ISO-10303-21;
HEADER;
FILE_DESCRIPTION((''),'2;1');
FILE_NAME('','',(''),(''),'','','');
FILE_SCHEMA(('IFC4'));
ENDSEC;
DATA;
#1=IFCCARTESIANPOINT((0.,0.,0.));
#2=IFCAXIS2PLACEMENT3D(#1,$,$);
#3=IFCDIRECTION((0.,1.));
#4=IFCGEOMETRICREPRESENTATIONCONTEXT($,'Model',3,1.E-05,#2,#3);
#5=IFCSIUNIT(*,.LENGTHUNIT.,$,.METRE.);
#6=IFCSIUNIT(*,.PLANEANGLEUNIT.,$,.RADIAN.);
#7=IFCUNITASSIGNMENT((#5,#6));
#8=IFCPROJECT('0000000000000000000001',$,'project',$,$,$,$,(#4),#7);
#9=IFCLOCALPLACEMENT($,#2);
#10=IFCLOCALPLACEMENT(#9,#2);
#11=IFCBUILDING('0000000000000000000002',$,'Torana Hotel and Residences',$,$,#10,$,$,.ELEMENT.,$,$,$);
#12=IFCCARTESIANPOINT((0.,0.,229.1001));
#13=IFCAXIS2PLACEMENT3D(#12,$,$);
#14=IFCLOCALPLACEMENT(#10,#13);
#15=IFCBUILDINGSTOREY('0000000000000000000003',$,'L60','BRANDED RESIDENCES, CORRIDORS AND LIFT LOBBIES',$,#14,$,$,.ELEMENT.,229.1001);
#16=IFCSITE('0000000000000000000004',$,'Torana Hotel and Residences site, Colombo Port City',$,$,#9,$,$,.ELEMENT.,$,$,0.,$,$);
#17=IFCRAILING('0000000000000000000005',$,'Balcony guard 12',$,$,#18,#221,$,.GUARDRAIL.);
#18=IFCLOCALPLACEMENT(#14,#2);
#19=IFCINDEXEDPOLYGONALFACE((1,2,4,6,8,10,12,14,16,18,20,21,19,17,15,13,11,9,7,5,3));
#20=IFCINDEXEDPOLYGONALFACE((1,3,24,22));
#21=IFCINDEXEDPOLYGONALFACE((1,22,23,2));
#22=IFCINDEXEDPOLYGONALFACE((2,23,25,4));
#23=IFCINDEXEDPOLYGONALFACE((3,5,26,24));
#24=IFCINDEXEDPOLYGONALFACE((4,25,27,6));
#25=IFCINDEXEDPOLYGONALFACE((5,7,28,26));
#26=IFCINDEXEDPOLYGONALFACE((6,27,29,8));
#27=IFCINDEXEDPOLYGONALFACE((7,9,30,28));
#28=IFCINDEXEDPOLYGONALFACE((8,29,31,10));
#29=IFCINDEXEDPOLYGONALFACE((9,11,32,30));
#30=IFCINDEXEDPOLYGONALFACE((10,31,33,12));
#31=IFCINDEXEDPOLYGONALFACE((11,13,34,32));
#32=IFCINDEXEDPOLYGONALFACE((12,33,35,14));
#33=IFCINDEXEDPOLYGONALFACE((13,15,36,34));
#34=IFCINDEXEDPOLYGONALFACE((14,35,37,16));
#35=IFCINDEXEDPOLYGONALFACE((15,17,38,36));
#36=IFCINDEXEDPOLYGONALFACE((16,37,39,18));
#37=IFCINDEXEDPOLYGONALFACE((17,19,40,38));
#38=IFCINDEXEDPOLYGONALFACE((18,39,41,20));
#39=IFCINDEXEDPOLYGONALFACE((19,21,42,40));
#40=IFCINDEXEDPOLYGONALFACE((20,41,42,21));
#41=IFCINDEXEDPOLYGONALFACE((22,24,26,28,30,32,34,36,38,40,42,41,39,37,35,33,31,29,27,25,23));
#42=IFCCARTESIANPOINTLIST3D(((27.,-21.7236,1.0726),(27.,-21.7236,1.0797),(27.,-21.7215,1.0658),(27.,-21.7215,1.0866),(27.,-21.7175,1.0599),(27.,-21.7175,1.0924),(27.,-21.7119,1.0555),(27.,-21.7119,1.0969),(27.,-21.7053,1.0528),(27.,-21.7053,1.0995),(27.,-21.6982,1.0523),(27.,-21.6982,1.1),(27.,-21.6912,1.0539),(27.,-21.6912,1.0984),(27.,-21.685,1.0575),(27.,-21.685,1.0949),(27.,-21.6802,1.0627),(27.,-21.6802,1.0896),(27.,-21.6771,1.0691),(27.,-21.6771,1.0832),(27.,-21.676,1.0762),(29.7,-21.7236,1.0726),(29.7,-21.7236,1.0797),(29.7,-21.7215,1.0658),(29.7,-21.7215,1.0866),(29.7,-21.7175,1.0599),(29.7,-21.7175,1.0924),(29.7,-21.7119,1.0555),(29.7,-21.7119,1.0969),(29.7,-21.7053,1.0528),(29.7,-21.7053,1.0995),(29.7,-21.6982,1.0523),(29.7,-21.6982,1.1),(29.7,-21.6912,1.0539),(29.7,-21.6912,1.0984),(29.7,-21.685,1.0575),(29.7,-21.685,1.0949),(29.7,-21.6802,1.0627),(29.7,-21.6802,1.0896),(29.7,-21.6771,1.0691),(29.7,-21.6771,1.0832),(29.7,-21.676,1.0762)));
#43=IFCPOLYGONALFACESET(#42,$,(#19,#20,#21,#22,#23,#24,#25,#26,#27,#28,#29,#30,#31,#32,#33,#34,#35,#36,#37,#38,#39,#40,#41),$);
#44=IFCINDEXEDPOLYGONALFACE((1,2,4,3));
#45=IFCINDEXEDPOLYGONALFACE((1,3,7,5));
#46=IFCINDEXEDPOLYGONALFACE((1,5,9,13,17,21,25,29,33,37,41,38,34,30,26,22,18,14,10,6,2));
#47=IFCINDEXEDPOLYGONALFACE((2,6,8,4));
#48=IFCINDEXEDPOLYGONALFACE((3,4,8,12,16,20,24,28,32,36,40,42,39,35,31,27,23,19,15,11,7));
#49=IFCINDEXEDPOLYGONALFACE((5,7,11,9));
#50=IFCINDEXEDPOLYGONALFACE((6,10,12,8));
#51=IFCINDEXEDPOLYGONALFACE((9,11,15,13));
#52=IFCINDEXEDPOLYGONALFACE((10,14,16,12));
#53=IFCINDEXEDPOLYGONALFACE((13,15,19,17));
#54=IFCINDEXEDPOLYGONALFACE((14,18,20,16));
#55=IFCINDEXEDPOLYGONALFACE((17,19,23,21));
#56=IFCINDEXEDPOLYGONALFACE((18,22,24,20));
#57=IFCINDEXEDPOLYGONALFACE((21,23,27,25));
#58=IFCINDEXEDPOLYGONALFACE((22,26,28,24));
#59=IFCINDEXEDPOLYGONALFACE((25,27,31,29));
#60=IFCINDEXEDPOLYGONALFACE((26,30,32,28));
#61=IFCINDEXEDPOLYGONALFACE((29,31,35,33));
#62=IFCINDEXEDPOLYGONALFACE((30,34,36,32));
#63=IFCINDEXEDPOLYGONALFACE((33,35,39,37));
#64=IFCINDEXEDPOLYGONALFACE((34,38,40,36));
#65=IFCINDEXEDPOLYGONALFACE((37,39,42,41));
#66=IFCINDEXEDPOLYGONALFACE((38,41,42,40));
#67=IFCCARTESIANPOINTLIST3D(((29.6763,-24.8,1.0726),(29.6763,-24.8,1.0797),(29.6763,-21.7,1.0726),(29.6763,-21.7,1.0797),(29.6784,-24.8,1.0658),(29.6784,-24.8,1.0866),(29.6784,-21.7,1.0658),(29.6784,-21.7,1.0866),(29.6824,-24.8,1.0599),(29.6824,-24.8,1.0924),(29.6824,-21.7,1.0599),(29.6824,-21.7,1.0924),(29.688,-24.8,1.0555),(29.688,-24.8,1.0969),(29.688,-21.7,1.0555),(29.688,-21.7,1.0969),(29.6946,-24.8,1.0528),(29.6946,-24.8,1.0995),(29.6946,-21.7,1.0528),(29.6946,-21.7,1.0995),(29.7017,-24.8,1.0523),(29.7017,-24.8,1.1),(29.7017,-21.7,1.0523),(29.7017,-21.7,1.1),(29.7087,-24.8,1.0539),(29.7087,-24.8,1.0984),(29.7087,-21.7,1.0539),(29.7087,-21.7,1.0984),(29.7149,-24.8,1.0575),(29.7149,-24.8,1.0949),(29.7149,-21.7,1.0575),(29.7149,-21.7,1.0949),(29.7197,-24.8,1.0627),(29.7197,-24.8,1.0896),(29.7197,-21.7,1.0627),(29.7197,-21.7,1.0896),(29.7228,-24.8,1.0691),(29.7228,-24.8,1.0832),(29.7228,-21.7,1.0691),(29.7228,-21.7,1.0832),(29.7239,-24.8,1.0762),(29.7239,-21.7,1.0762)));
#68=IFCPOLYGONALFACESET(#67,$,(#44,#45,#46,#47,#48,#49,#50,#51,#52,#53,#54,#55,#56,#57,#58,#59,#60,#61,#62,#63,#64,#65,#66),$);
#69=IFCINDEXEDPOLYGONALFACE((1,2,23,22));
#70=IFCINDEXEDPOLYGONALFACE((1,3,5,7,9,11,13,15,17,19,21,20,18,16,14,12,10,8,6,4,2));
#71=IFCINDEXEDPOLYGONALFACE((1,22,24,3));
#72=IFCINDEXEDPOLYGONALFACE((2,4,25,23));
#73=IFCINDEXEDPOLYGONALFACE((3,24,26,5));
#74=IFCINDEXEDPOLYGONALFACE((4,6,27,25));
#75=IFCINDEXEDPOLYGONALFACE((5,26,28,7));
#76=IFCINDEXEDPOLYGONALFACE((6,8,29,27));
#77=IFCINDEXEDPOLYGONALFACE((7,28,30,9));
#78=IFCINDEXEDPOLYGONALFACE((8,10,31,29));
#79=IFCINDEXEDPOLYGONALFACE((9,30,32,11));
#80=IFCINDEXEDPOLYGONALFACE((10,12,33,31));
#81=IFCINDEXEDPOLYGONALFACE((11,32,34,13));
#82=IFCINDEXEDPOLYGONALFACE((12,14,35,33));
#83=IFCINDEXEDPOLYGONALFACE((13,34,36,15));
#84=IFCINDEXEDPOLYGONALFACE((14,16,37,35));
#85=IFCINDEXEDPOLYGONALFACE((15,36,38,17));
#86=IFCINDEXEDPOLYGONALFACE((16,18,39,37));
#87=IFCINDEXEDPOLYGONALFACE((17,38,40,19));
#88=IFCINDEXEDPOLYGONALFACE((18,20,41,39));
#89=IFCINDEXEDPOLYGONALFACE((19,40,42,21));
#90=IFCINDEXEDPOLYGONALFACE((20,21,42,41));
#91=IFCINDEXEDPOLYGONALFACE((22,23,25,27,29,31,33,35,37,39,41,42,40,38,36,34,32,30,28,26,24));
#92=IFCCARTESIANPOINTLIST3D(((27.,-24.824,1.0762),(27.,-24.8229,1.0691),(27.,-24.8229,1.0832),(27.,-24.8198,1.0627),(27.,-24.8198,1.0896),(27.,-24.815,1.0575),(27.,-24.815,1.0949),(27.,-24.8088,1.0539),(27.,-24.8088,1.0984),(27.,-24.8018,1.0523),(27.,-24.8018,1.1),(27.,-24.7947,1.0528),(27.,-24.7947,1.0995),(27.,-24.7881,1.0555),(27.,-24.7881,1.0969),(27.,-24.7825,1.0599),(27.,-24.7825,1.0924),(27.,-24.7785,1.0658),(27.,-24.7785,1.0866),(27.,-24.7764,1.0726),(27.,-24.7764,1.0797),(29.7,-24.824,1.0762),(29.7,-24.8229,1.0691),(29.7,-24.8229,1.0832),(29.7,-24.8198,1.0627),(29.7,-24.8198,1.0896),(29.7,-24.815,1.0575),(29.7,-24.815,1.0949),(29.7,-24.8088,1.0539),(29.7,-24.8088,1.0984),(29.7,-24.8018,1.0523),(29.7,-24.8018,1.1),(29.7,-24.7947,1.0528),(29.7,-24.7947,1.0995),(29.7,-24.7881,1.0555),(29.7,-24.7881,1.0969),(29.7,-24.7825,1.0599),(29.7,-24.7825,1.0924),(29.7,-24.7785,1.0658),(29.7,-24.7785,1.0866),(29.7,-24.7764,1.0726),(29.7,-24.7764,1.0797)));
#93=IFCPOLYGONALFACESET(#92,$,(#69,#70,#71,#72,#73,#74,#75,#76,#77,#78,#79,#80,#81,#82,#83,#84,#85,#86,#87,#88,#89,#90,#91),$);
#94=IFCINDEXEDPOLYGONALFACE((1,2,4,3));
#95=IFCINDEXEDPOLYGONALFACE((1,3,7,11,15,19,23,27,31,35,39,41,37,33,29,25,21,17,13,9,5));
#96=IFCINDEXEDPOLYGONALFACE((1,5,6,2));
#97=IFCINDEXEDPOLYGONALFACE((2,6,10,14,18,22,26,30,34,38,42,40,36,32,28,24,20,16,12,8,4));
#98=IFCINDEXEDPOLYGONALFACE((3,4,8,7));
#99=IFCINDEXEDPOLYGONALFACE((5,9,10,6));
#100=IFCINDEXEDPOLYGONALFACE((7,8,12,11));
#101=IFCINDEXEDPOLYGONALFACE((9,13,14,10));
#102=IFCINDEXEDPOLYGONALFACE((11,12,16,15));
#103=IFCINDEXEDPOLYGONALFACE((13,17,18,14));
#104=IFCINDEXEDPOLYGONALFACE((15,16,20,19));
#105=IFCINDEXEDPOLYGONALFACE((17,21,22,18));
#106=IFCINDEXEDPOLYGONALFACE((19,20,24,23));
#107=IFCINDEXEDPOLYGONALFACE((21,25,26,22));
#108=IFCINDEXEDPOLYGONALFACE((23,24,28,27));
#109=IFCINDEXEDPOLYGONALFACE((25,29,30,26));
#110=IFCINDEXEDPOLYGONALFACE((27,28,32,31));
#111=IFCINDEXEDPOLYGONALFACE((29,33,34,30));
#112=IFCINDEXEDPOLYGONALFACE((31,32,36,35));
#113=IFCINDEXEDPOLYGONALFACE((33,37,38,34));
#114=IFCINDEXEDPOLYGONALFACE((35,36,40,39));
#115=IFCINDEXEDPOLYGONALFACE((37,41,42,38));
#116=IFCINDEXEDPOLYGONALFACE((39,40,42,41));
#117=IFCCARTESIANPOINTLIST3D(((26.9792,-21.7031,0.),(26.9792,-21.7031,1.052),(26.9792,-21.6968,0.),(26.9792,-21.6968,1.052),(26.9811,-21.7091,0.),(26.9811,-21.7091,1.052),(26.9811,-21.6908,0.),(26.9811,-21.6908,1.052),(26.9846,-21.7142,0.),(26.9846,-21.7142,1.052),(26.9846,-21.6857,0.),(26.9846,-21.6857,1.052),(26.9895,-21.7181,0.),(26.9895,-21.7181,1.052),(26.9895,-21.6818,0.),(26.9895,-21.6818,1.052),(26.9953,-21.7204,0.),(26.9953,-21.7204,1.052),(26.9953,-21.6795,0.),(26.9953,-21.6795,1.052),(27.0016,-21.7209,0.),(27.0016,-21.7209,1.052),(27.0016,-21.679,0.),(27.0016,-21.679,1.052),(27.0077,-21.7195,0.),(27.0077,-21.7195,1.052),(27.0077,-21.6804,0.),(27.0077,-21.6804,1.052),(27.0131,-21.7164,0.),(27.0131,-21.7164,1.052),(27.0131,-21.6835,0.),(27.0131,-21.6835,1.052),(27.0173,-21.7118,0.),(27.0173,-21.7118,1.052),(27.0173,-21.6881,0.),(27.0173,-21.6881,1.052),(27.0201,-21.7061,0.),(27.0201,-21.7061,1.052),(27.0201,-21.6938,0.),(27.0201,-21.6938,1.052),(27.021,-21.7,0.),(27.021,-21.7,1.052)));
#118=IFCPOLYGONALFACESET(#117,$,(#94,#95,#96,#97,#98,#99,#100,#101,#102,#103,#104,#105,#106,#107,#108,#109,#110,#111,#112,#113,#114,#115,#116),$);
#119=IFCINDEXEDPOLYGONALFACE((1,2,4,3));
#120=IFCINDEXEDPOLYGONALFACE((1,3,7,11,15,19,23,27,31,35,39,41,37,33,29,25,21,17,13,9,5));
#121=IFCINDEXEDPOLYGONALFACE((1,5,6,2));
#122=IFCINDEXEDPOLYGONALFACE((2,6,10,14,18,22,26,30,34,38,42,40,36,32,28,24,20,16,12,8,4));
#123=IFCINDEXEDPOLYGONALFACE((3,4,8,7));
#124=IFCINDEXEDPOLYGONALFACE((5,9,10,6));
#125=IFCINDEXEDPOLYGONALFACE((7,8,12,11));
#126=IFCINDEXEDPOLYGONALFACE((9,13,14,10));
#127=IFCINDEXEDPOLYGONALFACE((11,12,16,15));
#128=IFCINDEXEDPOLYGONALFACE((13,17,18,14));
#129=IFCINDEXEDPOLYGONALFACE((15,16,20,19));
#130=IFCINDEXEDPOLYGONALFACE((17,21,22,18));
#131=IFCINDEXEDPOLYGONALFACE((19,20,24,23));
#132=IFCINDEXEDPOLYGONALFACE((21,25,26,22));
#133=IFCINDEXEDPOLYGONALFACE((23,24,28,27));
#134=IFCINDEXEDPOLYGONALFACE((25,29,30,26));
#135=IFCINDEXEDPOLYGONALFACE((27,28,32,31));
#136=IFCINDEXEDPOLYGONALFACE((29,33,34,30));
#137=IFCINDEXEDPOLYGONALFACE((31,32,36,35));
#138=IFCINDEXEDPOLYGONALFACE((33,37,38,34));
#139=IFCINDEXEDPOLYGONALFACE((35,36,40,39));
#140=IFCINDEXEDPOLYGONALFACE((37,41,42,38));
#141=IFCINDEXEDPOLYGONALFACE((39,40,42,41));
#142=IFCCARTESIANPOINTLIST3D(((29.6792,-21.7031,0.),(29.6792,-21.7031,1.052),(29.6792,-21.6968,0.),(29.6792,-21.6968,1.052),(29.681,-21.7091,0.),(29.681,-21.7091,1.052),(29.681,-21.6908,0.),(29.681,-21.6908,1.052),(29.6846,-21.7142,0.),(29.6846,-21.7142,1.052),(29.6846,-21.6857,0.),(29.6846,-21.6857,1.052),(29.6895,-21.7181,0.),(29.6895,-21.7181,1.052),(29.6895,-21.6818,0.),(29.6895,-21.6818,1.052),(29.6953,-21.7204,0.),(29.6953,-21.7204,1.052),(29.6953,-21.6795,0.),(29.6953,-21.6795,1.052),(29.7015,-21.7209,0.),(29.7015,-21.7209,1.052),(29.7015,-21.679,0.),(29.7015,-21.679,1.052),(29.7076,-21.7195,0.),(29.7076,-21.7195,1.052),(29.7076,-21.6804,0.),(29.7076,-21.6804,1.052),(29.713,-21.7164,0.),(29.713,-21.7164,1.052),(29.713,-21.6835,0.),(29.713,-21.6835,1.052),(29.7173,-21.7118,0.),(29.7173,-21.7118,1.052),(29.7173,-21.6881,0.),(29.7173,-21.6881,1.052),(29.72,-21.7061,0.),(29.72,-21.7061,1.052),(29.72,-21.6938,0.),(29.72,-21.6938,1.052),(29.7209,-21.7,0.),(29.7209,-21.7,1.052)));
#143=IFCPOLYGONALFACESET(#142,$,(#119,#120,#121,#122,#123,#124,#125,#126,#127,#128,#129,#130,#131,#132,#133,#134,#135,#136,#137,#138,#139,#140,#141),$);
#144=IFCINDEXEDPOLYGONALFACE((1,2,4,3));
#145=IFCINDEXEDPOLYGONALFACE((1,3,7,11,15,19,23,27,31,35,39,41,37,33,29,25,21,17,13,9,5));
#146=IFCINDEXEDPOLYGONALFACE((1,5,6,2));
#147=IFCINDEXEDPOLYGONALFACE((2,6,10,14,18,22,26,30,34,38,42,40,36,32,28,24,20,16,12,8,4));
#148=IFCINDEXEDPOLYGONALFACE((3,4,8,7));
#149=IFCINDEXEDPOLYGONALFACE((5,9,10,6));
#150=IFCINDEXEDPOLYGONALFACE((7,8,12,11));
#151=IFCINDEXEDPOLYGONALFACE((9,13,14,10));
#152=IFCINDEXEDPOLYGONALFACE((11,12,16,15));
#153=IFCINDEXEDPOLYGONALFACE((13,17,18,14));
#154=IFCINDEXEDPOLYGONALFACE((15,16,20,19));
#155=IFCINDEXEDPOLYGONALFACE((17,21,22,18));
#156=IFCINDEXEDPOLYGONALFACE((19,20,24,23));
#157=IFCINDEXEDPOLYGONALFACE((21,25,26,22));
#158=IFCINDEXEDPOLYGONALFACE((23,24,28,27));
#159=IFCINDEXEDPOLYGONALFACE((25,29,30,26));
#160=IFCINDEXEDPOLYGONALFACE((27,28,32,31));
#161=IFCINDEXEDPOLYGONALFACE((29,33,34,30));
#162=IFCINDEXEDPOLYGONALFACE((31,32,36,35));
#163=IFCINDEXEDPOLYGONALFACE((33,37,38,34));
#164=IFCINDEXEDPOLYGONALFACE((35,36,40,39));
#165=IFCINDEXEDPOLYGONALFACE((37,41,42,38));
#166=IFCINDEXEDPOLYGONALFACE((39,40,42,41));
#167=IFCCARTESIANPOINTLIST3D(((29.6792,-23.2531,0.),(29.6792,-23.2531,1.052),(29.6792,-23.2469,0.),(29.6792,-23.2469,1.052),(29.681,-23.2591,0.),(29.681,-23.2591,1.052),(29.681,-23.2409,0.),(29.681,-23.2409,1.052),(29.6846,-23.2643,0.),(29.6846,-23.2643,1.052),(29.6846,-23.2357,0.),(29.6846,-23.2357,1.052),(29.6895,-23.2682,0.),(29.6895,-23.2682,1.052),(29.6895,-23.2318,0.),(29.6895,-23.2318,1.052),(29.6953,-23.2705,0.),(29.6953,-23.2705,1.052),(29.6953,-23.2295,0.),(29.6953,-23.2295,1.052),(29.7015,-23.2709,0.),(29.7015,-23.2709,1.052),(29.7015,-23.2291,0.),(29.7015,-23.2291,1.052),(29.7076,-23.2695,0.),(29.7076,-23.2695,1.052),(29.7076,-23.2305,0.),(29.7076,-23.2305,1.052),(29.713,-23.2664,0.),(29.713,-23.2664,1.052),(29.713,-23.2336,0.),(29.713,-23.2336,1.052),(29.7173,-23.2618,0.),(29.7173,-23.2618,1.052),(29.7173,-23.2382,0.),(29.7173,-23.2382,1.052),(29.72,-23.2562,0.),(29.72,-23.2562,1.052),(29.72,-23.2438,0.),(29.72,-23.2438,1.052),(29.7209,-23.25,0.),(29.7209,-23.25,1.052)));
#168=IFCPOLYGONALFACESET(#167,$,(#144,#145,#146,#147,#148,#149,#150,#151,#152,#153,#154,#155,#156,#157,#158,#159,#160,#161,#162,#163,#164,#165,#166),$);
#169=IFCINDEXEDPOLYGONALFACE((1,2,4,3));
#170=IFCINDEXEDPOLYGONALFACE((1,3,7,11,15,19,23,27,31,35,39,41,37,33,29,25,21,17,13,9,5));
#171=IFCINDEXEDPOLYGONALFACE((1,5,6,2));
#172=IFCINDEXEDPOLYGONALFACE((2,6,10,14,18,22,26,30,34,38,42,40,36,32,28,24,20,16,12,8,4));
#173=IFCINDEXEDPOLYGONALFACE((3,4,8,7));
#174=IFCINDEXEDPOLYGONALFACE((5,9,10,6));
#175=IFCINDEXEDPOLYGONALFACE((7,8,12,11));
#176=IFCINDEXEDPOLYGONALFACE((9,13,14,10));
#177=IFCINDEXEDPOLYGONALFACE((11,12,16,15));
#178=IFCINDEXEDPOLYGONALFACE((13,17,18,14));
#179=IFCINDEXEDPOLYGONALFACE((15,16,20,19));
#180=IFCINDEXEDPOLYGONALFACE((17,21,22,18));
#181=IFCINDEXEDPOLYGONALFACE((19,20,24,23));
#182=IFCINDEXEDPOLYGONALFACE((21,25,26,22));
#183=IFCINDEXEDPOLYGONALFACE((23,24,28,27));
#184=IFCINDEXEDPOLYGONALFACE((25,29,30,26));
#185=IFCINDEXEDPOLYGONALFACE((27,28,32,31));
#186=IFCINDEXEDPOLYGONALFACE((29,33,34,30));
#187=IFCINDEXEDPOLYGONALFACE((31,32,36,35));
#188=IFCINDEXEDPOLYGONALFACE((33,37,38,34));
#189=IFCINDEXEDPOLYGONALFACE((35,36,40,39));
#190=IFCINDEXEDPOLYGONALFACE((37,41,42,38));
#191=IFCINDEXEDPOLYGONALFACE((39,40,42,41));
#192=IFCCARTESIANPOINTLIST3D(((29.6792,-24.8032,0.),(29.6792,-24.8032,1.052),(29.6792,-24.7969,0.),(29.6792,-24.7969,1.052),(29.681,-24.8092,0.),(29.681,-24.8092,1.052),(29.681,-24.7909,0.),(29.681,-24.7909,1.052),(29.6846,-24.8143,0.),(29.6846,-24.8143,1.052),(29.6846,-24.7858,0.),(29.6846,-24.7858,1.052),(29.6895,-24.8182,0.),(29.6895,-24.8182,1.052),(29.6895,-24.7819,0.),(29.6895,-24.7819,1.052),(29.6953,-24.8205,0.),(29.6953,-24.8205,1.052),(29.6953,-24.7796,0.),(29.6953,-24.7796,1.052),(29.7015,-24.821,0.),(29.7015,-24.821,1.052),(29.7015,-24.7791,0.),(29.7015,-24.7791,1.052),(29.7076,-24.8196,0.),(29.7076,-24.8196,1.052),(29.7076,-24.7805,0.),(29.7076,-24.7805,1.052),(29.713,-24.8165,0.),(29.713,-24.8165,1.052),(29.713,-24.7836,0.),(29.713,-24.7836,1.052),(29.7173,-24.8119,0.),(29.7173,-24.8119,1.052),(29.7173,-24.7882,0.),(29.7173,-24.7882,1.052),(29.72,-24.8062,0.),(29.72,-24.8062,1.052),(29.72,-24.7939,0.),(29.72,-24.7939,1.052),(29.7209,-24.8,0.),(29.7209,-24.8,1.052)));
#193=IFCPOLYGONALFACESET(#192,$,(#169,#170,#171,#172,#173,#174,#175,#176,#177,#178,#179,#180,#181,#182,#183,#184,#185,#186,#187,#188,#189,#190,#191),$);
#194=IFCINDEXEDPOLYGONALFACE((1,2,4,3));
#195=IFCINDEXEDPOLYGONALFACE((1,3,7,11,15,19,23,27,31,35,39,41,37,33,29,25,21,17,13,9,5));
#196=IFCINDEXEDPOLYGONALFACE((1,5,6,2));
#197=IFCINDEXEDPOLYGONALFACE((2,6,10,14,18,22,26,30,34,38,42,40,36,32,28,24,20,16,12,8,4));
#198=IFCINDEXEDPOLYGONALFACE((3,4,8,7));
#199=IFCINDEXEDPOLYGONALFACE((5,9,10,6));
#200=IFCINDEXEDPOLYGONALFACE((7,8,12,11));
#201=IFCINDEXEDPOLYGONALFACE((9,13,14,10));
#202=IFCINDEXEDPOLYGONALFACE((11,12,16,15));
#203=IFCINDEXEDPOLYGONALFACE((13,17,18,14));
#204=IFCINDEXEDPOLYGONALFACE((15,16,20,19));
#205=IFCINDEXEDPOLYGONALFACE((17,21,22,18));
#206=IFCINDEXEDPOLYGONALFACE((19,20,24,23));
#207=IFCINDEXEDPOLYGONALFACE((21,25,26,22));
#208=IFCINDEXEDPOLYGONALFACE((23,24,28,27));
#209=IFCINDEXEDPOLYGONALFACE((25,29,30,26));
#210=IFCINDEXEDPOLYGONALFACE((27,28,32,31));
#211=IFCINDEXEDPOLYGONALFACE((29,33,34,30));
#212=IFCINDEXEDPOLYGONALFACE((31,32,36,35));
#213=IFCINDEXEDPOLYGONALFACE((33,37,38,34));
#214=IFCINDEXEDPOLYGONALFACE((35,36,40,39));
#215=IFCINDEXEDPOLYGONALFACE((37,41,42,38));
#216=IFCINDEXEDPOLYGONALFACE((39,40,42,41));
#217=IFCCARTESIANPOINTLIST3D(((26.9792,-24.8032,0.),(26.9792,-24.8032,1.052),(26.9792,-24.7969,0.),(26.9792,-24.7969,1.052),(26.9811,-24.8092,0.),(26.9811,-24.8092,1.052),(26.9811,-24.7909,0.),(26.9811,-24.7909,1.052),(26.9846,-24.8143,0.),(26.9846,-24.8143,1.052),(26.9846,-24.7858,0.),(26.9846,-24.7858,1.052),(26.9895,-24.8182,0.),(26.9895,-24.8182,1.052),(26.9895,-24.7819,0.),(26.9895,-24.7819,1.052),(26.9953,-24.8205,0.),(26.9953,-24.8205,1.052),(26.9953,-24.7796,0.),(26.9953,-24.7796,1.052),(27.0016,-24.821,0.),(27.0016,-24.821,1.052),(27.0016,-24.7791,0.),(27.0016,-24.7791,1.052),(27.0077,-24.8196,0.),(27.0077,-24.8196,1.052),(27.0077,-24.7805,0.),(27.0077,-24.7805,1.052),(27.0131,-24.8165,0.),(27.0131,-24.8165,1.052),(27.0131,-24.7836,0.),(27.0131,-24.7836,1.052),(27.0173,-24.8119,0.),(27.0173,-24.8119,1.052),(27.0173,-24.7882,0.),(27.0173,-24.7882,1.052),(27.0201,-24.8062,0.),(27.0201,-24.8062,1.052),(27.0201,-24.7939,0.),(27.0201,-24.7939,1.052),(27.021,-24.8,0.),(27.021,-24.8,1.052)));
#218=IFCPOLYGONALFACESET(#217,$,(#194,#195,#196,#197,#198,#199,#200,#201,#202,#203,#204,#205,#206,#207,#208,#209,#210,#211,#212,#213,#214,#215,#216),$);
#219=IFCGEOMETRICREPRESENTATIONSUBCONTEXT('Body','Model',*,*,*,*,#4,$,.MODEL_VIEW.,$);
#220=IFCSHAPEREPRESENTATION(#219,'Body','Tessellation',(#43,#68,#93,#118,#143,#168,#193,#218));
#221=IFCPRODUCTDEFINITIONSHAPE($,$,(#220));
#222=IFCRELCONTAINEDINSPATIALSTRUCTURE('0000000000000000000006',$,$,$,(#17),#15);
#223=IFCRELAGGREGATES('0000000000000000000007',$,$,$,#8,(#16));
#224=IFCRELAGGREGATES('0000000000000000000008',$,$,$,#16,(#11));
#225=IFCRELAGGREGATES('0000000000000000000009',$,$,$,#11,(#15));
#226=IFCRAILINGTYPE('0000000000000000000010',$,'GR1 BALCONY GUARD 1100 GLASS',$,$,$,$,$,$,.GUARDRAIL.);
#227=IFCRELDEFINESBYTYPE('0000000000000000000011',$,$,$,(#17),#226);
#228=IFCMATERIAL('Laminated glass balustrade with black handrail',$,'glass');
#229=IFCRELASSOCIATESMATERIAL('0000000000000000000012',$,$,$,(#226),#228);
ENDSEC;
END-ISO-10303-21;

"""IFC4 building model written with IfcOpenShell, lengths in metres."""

from ifc_helpers import new_model, si_unit, direction, frame, origin, origin_2d, place, context, subcontext, project, spatial, circle, extrude, material, type_object, element, save


model = new_model("IFC4")

# Units and contexts
model_context = context("Model", 3, precision=1e-05, world=origin(), true_north=direction((0.0, 1.0)))
body_context = subcontext(model_context, "Body", "Model", "MODEL_VIEW")
ifc_project = project(units=[si_unit("LENGTHUNIT", "METRE"), si_unit("PLANEANGLEUNIT", "RADIAN")], contexts=[model_context])

# Site, building, storey
site_placement = place(None, origin())
site = spatial("IfcSite", under=ifc_project, at=site_placement, Name="Torana Hotel and Residences site, Colombo Port City", CompositionType="ELEMENT", RefElevation=0.0)
building_placement = place(site_placement, origin())
building = spatial("IfcBuilding", under=site, at=building_placement, Name="Torana Hotel and Residences", CompositionType="ELEMENT")
storey_placement = place(building_placement, frame((0.0, 0.0, 229.1001)))
storey = spatial("IfcBuildingStorey", under=building, at=storey_placement, Name="L60", Description="BRANDED RESIDENCES, CORRIDORS AND LIFT LOBBIES", CompositionType="ELEMENT", Elevation=229.1001)

# Railing
ifc_material_1 = material(Name="Laminated glass balustrade with black handrail", Category="glass")
railing_type = type_object("IfcRailingType", Name="GR1 BALCONY GUARD 1100 GLASS", PredefinedType="GUARDRAIL", material=ifc_material_1)
railing_1_placement = place(storey_placement, frame((27.0, -21.7, 0.0)))
element("IfcRailing", 1, at=railing_1_placement, inside=storey, type_object=railing_type, Name="Balcony guard 12", PredefinedType="GUARDRAIL", context=body_context, shape_type="SweptSolid", body=[
    extrude(circle(Radius=0.0239, at=origin_2d()), frame((0.0, 0.0, 1.0762), z_axis=(1.0, 0.0, 0.0), x_axis=(0.0, 1.0, 0.0)), (0.0, 0.0, 1.0), 2.7),
    extrude(circle(Radius=0.0239, at=origin_2d()), frame((2.7, 0.0, 1.0762), z_axis=(0.0, -1.0, 0.0), x_axis=(1.0, 0.0, 0.0)), (0.0, 0.0, 1.0), 3.1001),
    extrude(circle(Radius=0.0239, at=origin_2d()), frame((2.7, -3.1001, 1.0762), z_axis=(-1.0, 0.0, 0.0), x_axis=(0.0, -1.0, 0.0)), (0.0, 0.0, 1.0), 2.7),
    extrude(circle(Radius=0.021, at=origin_2d()), origin(), (0.0, 0.0, 1.0), 1.052),
    extrude(circle(Radius=0.021, at=origin_2d()), frame((2.7, 0.0, 0.0)), (0.0, 0.0, 1.0), 1.052),
    extrude(circle(Radius=0.021, at=origin_2d()), frame((2.7, -1.55, 0.0)), (0.0, 0.0, 1.0), 1.052),
    extrude(circle(Radius=0.021, at=origin_2d()), frame((2.7, -3.1001, 0.0)), (0.0, 0.0, 1.0), 1.052),
    extrude(circle(Radius=0.021, at=origin_2d()), frame((0.0, -3.1001, 0.0)), (0.0, 0.0, 1.0), 1.052),
])

save(model, "model.ifc")
